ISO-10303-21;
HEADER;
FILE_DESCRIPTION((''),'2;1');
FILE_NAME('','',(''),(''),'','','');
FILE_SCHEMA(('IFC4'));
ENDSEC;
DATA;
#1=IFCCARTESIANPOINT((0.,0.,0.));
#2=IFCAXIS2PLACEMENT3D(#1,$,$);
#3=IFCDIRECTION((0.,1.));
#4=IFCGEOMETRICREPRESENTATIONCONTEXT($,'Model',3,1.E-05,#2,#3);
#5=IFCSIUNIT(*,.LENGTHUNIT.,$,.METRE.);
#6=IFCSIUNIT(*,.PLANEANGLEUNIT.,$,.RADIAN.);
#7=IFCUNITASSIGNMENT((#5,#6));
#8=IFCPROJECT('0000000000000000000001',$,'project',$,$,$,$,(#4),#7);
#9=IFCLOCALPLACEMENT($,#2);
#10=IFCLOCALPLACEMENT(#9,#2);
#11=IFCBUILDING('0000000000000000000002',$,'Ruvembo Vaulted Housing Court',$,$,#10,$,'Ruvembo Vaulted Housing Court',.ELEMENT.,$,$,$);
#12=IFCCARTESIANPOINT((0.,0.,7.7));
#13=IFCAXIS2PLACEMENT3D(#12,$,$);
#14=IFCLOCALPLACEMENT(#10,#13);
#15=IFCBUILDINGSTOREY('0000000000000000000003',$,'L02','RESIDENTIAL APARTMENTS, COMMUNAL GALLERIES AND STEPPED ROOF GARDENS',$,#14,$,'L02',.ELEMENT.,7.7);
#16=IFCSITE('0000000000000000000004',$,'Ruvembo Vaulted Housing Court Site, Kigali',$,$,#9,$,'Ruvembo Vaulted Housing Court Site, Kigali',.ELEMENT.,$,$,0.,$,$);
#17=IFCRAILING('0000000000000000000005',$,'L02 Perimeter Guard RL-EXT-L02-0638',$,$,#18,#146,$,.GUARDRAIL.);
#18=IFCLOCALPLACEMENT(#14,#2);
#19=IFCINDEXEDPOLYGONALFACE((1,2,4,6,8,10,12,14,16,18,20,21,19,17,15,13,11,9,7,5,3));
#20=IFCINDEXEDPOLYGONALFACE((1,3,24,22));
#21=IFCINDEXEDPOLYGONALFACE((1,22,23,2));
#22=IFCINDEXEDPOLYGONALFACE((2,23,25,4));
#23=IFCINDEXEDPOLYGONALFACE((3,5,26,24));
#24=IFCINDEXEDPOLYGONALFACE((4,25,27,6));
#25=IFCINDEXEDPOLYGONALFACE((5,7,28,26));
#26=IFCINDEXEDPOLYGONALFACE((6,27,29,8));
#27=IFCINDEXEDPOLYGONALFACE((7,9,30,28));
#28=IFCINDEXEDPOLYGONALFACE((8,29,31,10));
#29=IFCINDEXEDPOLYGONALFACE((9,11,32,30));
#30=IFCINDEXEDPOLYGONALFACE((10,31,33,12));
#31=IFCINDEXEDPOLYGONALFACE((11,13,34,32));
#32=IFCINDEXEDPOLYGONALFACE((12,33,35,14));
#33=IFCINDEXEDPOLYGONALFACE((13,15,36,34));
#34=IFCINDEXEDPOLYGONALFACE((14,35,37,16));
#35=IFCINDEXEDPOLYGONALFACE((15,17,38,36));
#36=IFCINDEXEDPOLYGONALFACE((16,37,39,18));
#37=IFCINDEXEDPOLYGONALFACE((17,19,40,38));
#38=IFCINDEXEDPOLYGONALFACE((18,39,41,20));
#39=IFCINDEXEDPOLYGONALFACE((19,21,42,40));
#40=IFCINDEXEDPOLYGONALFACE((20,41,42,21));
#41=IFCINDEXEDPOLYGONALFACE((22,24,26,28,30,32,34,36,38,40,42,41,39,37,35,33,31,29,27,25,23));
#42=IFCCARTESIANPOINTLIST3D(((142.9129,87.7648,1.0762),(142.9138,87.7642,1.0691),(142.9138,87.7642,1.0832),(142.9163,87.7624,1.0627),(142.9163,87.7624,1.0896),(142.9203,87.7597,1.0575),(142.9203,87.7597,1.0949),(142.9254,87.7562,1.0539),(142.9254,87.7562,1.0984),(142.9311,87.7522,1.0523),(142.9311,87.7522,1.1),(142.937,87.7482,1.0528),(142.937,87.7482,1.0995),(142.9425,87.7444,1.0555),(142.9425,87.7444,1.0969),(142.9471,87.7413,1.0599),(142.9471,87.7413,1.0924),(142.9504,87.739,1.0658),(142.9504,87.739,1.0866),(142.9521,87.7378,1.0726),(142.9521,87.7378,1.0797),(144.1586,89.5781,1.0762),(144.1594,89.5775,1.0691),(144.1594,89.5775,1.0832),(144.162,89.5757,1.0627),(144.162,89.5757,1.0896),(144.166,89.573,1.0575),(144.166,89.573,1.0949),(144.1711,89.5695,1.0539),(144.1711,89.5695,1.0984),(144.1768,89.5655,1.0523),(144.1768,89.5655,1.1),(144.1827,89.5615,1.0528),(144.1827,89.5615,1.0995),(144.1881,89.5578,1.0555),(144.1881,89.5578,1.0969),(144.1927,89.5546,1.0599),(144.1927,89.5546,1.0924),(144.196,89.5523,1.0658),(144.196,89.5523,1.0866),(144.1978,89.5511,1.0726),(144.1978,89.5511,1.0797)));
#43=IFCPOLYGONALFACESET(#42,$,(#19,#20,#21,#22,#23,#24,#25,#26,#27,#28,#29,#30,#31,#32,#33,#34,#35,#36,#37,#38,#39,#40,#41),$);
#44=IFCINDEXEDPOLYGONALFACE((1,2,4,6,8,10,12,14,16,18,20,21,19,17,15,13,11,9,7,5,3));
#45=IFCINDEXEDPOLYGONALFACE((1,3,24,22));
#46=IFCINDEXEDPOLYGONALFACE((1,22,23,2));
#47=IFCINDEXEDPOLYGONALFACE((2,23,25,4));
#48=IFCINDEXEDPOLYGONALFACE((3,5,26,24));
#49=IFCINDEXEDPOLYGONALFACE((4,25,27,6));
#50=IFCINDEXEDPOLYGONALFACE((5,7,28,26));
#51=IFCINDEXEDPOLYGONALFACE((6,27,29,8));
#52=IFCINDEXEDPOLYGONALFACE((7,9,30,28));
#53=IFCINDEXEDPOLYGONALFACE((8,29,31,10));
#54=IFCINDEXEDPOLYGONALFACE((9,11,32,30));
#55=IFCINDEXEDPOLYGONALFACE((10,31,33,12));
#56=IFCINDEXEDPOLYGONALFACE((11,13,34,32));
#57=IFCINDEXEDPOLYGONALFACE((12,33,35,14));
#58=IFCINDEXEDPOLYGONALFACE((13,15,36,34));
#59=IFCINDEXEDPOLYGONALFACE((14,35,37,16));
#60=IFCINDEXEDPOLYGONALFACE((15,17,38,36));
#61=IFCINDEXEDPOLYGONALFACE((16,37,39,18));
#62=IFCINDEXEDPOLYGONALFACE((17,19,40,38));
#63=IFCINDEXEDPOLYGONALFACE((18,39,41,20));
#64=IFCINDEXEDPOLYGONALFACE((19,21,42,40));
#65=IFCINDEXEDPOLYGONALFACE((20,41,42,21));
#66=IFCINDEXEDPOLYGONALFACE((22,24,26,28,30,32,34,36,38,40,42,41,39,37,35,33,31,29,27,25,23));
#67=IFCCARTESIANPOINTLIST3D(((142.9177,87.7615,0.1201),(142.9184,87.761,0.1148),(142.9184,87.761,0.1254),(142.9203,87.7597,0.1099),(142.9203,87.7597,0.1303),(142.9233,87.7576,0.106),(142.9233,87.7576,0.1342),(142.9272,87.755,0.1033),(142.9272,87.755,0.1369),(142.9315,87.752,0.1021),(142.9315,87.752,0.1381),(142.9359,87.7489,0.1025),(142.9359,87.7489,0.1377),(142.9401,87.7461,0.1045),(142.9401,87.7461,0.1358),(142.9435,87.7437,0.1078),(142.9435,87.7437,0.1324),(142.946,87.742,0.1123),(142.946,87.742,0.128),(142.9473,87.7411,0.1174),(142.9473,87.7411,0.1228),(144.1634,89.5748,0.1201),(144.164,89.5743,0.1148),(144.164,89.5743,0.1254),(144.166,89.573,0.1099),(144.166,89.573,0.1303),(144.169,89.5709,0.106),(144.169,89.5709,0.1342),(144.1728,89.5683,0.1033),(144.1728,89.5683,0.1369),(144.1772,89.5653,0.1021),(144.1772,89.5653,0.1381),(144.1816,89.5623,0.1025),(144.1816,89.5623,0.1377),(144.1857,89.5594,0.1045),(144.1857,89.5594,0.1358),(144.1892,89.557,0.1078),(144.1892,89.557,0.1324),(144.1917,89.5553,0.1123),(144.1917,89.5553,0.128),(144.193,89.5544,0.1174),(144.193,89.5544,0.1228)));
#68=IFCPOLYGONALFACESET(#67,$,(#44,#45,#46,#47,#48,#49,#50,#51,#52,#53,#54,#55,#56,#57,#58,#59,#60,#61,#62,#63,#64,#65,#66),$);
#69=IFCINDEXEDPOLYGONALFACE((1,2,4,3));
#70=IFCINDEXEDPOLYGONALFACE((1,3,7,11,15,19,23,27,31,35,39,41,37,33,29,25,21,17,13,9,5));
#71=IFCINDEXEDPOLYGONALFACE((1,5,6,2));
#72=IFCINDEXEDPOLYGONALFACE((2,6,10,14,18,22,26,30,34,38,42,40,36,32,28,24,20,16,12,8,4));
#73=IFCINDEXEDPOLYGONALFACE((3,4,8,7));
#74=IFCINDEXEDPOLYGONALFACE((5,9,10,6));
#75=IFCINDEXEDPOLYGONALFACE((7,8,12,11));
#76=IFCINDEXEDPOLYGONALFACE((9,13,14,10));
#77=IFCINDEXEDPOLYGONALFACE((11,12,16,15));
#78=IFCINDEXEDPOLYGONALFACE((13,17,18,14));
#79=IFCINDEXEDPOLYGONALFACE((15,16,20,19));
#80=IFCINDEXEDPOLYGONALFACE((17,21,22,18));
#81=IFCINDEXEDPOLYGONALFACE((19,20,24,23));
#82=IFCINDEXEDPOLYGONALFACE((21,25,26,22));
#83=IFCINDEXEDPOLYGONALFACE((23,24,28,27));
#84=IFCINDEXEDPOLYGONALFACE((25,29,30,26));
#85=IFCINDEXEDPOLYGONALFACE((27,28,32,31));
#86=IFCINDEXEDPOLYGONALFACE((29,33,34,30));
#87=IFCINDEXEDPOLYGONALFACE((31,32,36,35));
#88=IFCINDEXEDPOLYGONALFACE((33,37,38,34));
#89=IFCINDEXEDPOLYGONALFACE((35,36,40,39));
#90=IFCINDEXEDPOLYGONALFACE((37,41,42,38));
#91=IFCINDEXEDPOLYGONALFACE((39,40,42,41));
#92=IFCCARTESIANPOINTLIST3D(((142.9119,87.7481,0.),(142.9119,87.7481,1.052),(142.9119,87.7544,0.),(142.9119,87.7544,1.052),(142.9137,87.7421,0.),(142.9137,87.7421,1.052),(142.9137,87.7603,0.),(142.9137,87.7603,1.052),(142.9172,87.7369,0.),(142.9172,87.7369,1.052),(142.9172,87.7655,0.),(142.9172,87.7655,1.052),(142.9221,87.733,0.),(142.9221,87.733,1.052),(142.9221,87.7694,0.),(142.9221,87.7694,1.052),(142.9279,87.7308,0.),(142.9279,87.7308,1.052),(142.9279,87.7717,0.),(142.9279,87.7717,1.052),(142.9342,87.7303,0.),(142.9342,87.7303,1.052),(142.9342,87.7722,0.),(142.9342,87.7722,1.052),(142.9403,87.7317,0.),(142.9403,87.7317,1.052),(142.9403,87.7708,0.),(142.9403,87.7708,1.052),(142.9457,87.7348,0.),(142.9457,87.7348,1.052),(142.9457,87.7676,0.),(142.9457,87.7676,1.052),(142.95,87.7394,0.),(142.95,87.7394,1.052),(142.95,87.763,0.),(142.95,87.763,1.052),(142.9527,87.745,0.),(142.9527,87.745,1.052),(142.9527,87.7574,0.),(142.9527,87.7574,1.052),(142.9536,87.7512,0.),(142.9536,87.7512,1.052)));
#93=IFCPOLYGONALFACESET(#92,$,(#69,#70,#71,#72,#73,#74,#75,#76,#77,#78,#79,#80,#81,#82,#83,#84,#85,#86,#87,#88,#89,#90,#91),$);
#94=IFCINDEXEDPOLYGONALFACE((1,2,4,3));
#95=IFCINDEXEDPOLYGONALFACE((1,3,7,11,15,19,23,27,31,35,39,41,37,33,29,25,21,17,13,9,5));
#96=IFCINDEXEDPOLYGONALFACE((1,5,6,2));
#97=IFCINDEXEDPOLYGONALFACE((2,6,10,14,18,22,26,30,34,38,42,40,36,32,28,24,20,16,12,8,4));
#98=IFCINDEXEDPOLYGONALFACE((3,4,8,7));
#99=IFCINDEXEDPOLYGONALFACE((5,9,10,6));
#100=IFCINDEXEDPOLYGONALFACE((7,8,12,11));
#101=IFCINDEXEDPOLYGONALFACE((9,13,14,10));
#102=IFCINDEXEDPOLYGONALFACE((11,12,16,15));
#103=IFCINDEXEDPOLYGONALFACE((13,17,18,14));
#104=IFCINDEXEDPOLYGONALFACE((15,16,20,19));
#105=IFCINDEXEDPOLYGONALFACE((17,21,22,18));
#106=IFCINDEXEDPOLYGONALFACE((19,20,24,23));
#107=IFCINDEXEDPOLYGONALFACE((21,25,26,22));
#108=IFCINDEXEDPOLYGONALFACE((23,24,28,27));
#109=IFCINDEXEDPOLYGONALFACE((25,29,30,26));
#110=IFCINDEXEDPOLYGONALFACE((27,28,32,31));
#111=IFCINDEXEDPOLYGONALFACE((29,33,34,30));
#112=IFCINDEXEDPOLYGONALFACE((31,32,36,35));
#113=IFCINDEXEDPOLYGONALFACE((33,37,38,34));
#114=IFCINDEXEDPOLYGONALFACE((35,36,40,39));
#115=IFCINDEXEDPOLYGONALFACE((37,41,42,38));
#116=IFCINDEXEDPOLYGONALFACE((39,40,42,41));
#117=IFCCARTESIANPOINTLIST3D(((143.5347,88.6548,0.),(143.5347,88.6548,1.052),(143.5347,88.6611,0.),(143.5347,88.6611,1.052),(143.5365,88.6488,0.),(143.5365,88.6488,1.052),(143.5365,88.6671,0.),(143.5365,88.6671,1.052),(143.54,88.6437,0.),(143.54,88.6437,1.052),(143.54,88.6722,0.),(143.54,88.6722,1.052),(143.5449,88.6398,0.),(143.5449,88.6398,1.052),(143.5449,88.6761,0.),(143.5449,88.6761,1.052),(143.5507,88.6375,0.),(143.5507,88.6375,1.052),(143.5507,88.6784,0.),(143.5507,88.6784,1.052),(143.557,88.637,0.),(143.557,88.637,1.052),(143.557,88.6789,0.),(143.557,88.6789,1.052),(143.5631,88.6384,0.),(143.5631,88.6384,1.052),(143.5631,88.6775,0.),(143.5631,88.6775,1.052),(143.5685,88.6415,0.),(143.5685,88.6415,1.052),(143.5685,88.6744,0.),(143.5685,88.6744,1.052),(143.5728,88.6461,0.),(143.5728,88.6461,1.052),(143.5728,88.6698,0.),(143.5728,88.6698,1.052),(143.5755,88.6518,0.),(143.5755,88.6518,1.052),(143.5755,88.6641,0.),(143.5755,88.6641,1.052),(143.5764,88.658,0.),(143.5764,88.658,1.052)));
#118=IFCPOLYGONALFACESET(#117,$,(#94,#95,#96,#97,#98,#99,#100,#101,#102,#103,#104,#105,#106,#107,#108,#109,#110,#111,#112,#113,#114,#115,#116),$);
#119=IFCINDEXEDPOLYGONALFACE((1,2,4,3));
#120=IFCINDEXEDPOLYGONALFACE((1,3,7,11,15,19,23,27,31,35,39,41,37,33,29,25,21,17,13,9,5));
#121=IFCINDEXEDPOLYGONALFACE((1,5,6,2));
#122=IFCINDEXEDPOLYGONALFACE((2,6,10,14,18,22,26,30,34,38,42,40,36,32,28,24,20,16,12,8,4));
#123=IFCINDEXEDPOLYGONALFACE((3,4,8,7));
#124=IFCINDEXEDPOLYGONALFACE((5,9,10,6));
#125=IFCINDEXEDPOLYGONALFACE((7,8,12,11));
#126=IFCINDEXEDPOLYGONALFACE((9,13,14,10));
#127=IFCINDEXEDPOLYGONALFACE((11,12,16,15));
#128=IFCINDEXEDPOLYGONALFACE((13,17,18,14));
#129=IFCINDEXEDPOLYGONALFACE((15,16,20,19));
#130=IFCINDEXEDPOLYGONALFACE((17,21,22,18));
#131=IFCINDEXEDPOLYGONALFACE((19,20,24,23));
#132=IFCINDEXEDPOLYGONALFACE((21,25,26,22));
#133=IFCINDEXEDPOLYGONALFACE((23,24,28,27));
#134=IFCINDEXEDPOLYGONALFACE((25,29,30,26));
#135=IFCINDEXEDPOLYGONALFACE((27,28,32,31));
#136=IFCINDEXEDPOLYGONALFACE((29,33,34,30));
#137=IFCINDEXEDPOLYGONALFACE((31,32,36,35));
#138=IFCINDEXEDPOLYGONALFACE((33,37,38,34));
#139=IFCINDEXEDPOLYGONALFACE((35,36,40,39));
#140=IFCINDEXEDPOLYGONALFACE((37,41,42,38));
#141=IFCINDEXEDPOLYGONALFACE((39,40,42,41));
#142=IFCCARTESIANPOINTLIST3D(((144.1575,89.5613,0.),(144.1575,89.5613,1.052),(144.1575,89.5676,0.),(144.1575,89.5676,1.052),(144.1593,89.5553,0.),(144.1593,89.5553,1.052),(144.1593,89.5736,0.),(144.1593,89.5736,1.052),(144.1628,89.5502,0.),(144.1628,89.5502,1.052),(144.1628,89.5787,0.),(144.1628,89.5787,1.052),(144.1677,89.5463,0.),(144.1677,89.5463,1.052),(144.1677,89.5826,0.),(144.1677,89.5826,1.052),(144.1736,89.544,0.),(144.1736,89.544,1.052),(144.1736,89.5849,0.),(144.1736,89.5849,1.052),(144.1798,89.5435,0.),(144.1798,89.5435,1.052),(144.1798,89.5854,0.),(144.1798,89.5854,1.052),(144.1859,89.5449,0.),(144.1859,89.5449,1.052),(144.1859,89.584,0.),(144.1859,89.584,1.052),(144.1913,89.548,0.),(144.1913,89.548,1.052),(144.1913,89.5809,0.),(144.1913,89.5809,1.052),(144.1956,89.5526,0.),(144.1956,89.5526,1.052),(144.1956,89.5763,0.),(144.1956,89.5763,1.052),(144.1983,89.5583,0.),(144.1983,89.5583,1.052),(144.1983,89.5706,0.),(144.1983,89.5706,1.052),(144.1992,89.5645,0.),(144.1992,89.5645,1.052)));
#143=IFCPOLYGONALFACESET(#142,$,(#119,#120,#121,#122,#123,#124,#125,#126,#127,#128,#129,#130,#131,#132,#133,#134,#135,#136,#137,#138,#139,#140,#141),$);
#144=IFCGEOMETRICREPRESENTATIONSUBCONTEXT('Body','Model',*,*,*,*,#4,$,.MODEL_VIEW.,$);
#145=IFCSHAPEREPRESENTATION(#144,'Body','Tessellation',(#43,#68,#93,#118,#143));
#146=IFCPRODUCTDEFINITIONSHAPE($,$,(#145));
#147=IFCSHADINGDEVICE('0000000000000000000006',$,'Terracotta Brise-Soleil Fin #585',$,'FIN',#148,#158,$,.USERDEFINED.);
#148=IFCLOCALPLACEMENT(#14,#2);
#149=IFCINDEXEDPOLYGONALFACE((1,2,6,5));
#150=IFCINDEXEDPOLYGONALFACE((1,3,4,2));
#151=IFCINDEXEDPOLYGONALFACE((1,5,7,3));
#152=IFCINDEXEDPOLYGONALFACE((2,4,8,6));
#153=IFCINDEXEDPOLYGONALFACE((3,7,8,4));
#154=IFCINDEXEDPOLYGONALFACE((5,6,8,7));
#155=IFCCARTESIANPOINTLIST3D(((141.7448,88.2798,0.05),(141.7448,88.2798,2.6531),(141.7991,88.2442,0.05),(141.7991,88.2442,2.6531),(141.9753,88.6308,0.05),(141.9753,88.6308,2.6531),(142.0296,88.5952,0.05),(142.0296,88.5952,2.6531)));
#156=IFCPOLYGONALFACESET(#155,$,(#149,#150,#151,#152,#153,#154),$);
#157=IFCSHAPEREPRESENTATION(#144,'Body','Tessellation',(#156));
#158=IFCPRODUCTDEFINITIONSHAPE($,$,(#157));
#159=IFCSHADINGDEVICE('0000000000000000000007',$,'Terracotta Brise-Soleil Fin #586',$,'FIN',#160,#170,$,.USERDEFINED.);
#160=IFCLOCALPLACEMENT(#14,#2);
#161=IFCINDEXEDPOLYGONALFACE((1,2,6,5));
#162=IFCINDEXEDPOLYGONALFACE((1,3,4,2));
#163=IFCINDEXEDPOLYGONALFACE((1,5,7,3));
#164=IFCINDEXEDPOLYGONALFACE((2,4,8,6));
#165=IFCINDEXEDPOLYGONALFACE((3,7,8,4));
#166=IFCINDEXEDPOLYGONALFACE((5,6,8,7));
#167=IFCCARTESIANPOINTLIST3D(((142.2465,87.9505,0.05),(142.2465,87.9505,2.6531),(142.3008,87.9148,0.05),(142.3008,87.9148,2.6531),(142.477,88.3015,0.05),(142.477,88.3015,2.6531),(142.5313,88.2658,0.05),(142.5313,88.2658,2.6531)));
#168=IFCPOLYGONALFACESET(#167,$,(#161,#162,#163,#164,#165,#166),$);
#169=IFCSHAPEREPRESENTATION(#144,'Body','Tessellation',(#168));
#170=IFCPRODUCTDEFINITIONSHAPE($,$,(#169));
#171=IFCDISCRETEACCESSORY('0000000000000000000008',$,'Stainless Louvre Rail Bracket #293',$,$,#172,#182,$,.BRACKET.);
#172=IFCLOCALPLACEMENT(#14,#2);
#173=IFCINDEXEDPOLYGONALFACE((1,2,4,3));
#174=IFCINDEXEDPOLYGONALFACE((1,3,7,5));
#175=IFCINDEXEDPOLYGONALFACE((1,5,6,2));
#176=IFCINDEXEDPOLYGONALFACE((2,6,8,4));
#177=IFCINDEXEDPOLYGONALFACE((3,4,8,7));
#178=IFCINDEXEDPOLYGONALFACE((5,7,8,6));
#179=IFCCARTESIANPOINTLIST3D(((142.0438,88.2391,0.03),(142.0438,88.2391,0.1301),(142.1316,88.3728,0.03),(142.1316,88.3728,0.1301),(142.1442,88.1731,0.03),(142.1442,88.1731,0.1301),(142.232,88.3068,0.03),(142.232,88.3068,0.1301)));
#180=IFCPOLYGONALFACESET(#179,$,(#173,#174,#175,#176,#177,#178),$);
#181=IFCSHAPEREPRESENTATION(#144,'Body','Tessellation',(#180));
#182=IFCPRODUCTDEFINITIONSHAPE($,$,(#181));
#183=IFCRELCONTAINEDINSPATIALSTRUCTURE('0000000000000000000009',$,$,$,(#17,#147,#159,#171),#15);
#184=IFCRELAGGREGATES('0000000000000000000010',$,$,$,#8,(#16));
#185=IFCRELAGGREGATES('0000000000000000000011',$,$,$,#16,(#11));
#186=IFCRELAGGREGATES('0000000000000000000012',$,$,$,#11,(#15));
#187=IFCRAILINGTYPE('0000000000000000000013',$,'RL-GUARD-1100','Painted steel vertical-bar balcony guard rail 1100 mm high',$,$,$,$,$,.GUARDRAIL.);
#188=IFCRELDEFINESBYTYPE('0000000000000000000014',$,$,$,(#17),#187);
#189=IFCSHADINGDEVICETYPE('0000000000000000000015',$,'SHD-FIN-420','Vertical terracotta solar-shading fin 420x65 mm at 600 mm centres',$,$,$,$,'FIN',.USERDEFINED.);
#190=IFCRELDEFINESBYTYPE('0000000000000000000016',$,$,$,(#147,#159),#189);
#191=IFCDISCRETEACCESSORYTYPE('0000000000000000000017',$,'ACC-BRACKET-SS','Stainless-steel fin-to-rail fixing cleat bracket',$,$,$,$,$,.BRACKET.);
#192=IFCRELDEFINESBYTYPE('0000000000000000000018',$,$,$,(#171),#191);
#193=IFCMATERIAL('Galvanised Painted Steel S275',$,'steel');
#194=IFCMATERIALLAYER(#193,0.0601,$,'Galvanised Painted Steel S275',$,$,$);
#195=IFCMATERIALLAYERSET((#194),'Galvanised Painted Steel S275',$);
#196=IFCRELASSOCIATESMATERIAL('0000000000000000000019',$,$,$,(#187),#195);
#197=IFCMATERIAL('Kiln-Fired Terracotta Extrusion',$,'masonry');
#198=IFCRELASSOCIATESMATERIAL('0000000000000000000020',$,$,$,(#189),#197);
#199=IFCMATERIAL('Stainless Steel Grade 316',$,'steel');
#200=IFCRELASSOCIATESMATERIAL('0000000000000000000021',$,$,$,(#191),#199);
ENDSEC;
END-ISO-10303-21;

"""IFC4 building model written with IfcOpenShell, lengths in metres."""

from ifc_helpers import new_model, si_unit, direction, frame, origin, origin_2d, place, context, subcontext, project, spatial, rectangle, circle, extrude, material, layer, layer_set, type_object, element, save


model = new_model("IFC4")

# Units and contexts
model_context = context("Model", 3, precision=1e-05, world=origin(), true_north=direction((0.0, 1.0)))
body_context = subcontext(model_context, "Body", "Model", "MODEL_VIEW")
ifc_project = project(units=[si_unit("LENGTHUNIT", "METRE"), si_unit("PLANEANGLEUNIT", "RADIAN")], contexts=[model_context])

# Site, building, storey
site_placement = place(None, origin())
site = spatial("IfcSite", under=ifc_project, at=site_placement, Name="Ruvembo Vaulted Housing Court Site, Kigali", LongName="Ruvembo Vaulted Housing Court Site, Kigali", CompositionType="ELEMENT", RefElevation=0.0)
building_placement = place(site_placement, origin())
building = spatial("IfcBuilding", under=site, at=building_placement, Name="Ruvembo Vaulted Housing Court", LongName="Ruvembo Vaulted Housing Court", CompositionType="ELEMENT")
storey_placement = place(building_placement, frame((0.0, 0.0, 7.7)))
storey = spatial("IfcBuildingStorey", under=building, at=storey_placement, Name="L02", Description="RESIDENTIAL APARTMENTS, COMMUNAL GALLERIES AND STEPPED ROOF GARDENS", LongName="L02", CompositionType="ELEMENT", Elevation=7.7)

# Railing
ifc_material_1 = material(Name="Galvanised Painted Steel S275", Category="steel")
ifc_layer_1 = layer(ifc_material_1, 0.0601, Name="Galvanised Painted Steel S275")
ifc_layer_set_1 = layer_set([ifc_layer_1], Name="Galvanised Painted Steel S275")
railing_type = type_object("IfcRailingType", Name="RL-GUARD-1100", Description="Painted steel vertical-bar balcony guard rail 1100 mm high", PredefinedType="GUARDRAIL", material=ifc_layer_set_1)
railing_placement = place(storey_placement, frame((142.9326, 87.7512, 0.0)))
element("IfcRailing", 1, at=railing_placement, inside=storey, type_object=railing_type, Name="L02 Perimeter Guard RL-EXT-L02-0638", PredefinedType="GUARDRAIL", context=body_context, shape_type="SweptSolid", body=[
    extrude(circle(Radius=0.0239, at=origin_2d()), frame((0.0, 0.0, 1.0762), z_axis=(0.566223, 0.824252, 0.0), x_axis=(-0.824252, 0.566223, 0.0)), (0.0, 0.0, 1.0), 2.2),
    extrude(circle(Radius=0.0181, at=origin_2d()), frame((0.0, 0.0, 0.1201), z_axis=(0.566223, 0.824252, 0.0), x_axis=(-0.824252, 0.566223, 0.0)), (0.0, 0.0, 1.0), 2.2),
    extrude(circle(Radius=0.021, at=origin_2d()), origin(), (0.0, 0.0, 1.0), 1.052),
    extrude(circle(Radius=0.021, at=origin_2d()), frame((0.6228, 0.9067, 0.0)), (0.0, 0.0, 1.0), 1.052),
    extrude(circle(Radius=0.021, at=origin_2d()), frame((1.2456, 1.8132, 0.0)), (0.0, 0.0, 1.0), 1.052),
])

# Shading devices
ifc_material_2 = material(Name="Kiln-Fired Terracotta Extrusion", Category="masonry")
shading_device_type = type_object("IfcShadingDeviceType", Name="SHD-FIN-420", Description="Vertical terracotta solar-shading fin 420x65 mm at 600 mm centres", ElementType="FIN", PredefinedType="USERDEFINED", material=ifc_material_2)
for number, where, z_axis, x_axis, name in (
    (2, (141.8872, 88.4375, 0.05), (0.0, 0.0, 1.0), (-0.548964, -0.835846, 0.0), "Terracotta Brise-Soleil Fin #585"),
    (3, (142.3889, 88.1082, 0.05), (0.0, 0.0, 1.0), (-0.548964, -0.835846, 0.0), "Terracotta Brise-Soleil Fin #586"),
):
    element("IfcShadingDevice", number, at=place(storey_placement, frame(where, z_axis=z_axis, x_axis=x_axis)), inside=storey, type_object=shading_device_type, Name=name, ObjectType="FIN", PredefinedType="USERDEFINED", context=body_context, shape_type="SweptSolid", body=[
        extrude(rectangle(XDim=0.4199, YDim=0.0649, at=origin_2d()), origin(), (0.0, 0.0, 1.0), 2.603),
    ])

# Discrete accessory
ifc_material_3 = material(Name="Stainless Steel Grade 316", Category="steel")
discrete_accessory_type = type_object("IfcDiscreteAccessoryType", Name="ACC-BRACKET-SS", Description="Stainless-steel fin-to-rail fixing cleat bracket", PredefinedType="BRACKET", material=ifc_material_3)
discrete_accessory_placement = place(storey_placement, frame((142.1379, 88.2729, 0.03), z_axis=(0.0, 0.0, 1.0), x_axis=(-0.548964, -0.835846, 0.0)))
element("IfcDiscreteAccessory", 4, at=discrete_accessory_placement, inside=storey, type_object=discrete_accessory_type, Name="Stainless Louvre Rail Bracket #293", PredefinedType="BRACKET", context=body_context, shape_type="SweptSolid", body=[
    extrude(rectangle(XDim=0.1599, YDim=0.1201, at=origin_2d()), origin(), (0.0, 0.0, 1.0), 0.1001),
])

save(model, "model.ifc")
